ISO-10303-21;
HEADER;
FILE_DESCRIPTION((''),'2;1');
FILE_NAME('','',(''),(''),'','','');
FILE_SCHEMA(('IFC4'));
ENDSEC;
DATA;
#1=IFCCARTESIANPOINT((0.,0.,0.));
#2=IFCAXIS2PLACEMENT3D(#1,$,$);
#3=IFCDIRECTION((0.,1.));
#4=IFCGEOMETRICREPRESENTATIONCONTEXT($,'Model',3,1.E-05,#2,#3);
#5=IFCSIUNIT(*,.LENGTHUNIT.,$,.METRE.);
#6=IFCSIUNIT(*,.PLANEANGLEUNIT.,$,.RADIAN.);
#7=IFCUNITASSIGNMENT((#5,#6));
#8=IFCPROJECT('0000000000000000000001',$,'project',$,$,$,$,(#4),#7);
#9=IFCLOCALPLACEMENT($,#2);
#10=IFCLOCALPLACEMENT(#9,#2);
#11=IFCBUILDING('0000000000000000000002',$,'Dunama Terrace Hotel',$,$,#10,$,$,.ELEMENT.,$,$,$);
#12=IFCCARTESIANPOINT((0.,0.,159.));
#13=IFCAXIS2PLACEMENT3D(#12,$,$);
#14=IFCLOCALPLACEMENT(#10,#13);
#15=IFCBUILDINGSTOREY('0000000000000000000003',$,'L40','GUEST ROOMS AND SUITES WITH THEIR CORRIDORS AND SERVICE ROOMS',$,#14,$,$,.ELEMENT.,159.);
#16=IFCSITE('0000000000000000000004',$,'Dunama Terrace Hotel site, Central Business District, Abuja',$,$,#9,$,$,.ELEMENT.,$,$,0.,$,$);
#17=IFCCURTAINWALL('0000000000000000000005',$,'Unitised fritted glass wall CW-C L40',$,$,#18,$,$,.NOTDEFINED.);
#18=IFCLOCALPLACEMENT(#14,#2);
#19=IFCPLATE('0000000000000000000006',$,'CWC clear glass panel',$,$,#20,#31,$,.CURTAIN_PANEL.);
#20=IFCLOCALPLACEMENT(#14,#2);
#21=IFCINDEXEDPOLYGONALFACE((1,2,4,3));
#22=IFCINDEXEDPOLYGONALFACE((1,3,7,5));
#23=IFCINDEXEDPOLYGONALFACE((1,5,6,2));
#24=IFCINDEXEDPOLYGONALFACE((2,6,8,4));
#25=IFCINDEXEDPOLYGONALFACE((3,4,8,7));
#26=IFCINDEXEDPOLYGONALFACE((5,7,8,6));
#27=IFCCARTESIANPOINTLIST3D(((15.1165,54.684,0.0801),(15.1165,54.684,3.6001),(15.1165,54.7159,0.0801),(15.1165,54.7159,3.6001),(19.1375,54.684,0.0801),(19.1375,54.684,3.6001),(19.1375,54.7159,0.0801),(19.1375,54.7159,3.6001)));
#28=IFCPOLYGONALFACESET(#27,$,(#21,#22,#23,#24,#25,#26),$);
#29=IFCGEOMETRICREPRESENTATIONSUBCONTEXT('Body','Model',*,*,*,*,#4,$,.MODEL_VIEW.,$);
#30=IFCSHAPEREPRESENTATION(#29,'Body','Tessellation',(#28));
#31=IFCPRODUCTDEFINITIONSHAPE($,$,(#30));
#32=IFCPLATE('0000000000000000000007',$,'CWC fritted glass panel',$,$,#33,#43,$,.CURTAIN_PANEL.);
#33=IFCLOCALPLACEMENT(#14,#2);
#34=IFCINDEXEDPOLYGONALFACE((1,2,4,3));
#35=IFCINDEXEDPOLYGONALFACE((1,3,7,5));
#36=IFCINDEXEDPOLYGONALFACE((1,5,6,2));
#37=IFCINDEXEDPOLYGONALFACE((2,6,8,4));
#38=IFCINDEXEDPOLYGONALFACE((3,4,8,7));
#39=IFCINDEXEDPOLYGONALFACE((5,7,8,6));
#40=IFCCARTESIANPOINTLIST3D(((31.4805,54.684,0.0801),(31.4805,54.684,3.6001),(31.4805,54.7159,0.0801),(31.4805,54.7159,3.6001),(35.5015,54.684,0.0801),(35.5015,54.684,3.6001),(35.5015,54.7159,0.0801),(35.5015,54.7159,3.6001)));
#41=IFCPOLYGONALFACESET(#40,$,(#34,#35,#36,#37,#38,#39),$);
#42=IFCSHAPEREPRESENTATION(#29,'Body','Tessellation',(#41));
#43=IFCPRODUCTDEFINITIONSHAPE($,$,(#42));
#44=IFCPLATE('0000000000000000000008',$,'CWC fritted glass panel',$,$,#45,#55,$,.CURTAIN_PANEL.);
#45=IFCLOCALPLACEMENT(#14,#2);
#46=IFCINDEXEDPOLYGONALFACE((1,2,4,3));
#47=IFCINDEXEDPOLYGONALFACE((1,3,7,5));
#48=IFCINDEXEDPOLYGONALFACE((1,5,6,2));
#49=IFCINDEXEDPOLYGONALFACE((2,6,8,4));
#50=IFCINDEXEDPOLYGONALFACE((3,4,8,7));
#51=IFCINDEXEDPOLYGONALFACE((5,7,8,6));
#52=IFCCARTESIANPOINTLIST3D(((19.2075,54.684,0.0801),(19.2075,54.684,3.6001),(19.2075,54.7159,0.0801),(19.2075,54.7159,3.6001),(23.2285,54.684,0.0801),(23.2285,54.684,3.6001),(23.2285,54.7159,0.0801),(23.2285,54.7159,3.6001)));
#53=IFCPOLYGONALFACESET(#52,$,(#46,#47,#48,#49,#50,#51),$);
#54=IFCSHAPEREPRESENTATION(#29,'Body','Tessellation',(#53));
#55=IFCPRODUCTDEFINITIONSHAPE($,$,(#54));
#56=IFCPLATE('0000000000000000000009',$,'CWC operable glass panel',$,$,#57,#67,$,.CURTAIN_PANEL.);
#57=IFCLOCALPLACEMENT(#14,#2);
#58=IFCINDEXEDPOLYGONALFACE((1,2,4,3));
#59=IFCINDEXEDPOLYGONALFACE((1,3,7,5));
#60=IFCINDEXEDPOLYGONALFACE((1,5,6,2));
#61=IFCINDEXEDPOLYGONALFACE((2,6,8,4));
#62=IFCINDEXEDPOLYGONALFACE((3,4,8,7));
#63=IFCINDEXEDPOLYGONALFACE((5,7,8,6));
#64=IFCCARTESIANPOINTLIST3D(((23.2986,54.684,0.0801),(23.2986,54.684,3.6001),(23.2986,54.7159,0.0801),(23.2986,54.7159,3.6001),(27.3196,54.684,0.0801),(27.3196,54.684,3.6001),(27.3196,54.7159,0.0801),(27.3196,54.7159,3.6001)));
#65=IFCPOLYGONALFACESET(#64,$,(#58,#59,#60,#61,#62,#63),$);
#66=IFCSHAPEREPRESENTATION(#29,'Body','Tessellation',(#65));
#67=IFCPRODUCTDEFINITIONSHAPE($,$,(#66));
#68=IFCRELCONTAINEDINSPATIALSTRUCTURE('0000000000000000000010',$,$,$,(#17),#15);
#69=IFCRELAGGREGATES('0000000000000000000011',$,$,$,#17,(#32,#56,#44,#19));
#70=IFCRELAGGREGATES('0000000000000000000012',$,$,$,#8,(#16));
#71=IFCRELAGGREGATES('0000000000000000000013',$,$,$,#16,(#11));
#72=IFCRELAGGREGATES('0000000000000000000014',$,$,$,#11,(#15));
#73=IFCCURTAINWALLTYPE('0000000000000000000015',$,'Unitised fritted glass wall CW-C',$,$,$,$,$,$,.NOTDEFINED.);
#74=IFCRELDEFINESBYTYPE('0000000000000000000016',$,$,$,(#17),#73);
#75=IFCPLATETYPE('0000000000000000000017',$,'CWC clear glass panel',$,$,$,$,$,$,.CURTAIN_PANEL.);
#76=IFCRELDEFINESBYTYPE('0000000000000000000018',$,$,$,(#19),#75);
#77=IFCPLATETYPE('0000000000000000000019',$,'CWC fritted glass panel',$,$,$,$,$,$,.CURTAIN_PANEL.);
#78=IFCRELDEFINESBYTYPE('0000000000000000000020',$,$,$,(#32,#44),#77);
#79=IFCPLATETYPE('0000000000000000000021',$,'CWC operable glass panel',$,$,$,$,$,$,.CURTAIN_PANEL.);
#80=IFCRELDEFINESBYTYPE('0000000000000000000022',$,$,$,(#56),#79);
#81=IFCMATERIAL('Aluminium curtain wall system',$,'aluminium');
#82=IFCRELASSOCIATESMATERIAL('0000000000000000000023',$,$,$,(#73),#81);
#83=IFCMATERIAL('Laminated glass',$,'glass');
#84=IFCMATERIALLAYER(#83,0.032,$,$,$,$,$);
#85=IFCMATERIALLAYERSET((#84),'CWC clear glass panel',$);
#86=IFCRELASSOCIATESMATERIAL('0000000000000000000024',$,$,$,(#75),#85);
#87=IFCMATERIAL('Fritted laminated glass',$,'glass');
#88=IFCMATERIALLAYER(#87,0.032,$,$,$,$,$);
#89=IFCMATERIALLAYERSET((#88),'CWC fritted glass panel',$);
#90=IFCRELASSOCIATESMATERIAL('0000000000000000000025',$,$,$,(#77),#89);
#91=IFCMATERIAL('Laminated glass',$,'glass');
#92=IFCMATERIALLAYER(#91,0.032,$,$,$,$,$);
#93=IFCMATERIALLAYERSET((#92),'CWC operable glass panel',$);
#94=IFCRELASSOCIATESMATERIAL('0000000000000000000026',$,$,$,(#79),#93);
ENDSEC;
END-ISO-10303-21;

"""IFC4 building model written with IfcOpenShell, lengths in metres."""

from ifc_helpers import new_model, si_unit, direction, frame, origin, origin_2d, place, context, subcontext, project, spatial, rectangle, extrude, material, layer, layer_set, type_object, element, aggregate, save


model = new_model("IFC4")

# Units and contexts
model_context = context("Model", 3, precision=1e-05, world=origin(), true_north=direction((0.0, 1.0)))
body_context = subcontext(model_context, "Body", "Model", "MODEL_VIEW")
ifc_project = project(units=[si_unit("LENGTHUNIT", "METRE"), si_unit("PLANEANGLEUNIT", "RADIAN")], contexts=[model_context])

# Site, building, storey
site_placement = place(None, origin())
site = spatial("IfcSite", under=ifc_project, at=site_placement, Name="Dunama Terrace Hotel site, Central Business District, Abuja", CompositionType="ELEMENT", RefElevation=0.0)
building_placement = place(site_placement, origin())
building = spatial("IfcBuilding", under=site, at=building_placement, Name="Dunama Terrace Hotel", CompositionType="ELEMENT")
storey_placement = place(building_placement, frame((0.0, 0.0, 159.0)))
storey = spatial("IfcBuildingStorey", under=building, at=storey_placement, Name="L40", Description="GUEST ROOMS AND SUITES WITH THEIR CORRIDORS AND SERVICE ROOMS", CompositionType="ELEMENT", Elevation=159.0)

# Curtain wall
ifc_material_1 = material(Name="Aluminium curtain wall system", Category="aluminium")
curtain_wall_type = type_object("IfcCurtainWallType", Name="Unitised fritted glass wall CW-C", PredefinedType="NOTDEFINED", material=ifc_material_1)
curtain_wall_placement = place(storey_placement, origin())
curtain_wall = element("IfcCurtainWall", 1, at=curtain_wall_placement, inside=storey, type_object=curtain_wall_type, Name="Unitised fritted glass wall CW-C L40", PredefinedType="NOTDEFINED")

# Plates
ifc_material_2 = material(Name="Laminated glass", Category="glass")
ifc_layer_1 = layer(ifc_material_2, 0.032)
ifc_layer_set_1 = layer_set([ifc_layer_1], Name="CWC clear glass panel")
plate_type_1 = type_object("IfcPlateType", Name="CWC clear glass panel", PredefinedType="CURTAIN_PANEL", material=ifc_layer_set_1)
plate_1_placement = place(storey_placement, frame((17.127, 54.7, 0.0801), z_axis=(0.0, 0.0, 1.0), x_axis=(-1.0, 0.0, 0.0)))
plate_1 = element("IfcPlate", 2, at=plate_1_placement, type_object=plate_type_1, Name="CWC clear glass panel", PredefinedType="CURTAIN_PANEL", context=body_context, shape_type="SweptSolid", body=[
    extrude(rectangle(XDim=4.021, YDim=0.032, at=origin_2d()), origin(), (0.0, 0.0, 1.0), 3.52),
])
ifc_material_3 = material(Name="Fritted laminated glass", Category="glass")
ifc_layer_2 = layer(ifc_material_3, 0.032)
ifc_layer_set_2 = layer_set([ifc_layer_2], Name="CWC fritted glass panel")
plate_type_2 = type_object("IfcPlateType", Name="CWC fritted glass panel", PredefinedType="CURTAIN_PANEL", material=ifc_layer_set_2)
plate_2_placement = place(storey_placement, frame((33.491, 54.7, 0.0801), z_axis=(0.0, 0.0, 1.0), x_axis=(-1.0, 0.0, 0.0)))
plate_2 = element("IfcPlate", 3, at=plate_2_placement, type_object=plate_type_2, Name="CWC fritted glass panel", PredefinedType="CURTAIN_PANEL", context=body_context, shape_type="SweptSolid", body=[
    extrude(rectangle(XDim=4.021, YDim=0.032, at=origin_2d()), origin(), (0.0, 0.0, 1.0), 3.52),
])
plate_3_placement = place(storey_placement, frame((21.218, 54.7, 0.0801), z_axis=(0.0, 0.0, 1.0), x_axis=(-1.0, 0.0, 0.0)))
plate_3 = element("IfcPlate", 4, at=plate_3_placement, type_object=plate_type_2, Name="CWC fritted glass panel", PredefinedType="CURTAIN_PANEL", context=body_context, shape_type="SweptSolid", body=[
    extrude(rectangle(XDim=4.021, YDim=0.032, at=origin_2d()), origin(), (0.0, 0.0, 1.0), 3.52),
])
ifc_material_4 = material(Name="Laminated glass", Category="glass")
ifc_layer_3 = layer(ifc_material_4, 0.032)
ifc_layer_set_3 = layer_set([ifc_layer_3], Name="CWC operable glass panel")
plate_type_3 = type_object("IfcPlateType", Name="CWC operable glass panel", PredefinedType="CURTAIN_PANEL", material=ifc_layer_set_3)
plate_4_placement = place(storey_placement, frame((25.3091, 54.7, 0.0801), z_axis=(0.0, 0.0, 1.0), x_axis=(-1.0, 0.0, 0.0)))
plate_4 = element("IfcPlate", 5, at=plate_4_placement, type_object=plate_type_3, Name="CWC operable glass panel", PredefinedType="CURTAIN_PANEL", context=body_context, shape_type="SweptSolid", body=[
    extrude(rectangle(XDim=4.021, YDim=0.032, at=origin_2d()), origin(), (0.0, 0.0, 1.0), 3.52),
])
aggregate(curtain_wall, [plate_2, plate_4, plate_3, plate_1])

save(model, "model.ifc")
